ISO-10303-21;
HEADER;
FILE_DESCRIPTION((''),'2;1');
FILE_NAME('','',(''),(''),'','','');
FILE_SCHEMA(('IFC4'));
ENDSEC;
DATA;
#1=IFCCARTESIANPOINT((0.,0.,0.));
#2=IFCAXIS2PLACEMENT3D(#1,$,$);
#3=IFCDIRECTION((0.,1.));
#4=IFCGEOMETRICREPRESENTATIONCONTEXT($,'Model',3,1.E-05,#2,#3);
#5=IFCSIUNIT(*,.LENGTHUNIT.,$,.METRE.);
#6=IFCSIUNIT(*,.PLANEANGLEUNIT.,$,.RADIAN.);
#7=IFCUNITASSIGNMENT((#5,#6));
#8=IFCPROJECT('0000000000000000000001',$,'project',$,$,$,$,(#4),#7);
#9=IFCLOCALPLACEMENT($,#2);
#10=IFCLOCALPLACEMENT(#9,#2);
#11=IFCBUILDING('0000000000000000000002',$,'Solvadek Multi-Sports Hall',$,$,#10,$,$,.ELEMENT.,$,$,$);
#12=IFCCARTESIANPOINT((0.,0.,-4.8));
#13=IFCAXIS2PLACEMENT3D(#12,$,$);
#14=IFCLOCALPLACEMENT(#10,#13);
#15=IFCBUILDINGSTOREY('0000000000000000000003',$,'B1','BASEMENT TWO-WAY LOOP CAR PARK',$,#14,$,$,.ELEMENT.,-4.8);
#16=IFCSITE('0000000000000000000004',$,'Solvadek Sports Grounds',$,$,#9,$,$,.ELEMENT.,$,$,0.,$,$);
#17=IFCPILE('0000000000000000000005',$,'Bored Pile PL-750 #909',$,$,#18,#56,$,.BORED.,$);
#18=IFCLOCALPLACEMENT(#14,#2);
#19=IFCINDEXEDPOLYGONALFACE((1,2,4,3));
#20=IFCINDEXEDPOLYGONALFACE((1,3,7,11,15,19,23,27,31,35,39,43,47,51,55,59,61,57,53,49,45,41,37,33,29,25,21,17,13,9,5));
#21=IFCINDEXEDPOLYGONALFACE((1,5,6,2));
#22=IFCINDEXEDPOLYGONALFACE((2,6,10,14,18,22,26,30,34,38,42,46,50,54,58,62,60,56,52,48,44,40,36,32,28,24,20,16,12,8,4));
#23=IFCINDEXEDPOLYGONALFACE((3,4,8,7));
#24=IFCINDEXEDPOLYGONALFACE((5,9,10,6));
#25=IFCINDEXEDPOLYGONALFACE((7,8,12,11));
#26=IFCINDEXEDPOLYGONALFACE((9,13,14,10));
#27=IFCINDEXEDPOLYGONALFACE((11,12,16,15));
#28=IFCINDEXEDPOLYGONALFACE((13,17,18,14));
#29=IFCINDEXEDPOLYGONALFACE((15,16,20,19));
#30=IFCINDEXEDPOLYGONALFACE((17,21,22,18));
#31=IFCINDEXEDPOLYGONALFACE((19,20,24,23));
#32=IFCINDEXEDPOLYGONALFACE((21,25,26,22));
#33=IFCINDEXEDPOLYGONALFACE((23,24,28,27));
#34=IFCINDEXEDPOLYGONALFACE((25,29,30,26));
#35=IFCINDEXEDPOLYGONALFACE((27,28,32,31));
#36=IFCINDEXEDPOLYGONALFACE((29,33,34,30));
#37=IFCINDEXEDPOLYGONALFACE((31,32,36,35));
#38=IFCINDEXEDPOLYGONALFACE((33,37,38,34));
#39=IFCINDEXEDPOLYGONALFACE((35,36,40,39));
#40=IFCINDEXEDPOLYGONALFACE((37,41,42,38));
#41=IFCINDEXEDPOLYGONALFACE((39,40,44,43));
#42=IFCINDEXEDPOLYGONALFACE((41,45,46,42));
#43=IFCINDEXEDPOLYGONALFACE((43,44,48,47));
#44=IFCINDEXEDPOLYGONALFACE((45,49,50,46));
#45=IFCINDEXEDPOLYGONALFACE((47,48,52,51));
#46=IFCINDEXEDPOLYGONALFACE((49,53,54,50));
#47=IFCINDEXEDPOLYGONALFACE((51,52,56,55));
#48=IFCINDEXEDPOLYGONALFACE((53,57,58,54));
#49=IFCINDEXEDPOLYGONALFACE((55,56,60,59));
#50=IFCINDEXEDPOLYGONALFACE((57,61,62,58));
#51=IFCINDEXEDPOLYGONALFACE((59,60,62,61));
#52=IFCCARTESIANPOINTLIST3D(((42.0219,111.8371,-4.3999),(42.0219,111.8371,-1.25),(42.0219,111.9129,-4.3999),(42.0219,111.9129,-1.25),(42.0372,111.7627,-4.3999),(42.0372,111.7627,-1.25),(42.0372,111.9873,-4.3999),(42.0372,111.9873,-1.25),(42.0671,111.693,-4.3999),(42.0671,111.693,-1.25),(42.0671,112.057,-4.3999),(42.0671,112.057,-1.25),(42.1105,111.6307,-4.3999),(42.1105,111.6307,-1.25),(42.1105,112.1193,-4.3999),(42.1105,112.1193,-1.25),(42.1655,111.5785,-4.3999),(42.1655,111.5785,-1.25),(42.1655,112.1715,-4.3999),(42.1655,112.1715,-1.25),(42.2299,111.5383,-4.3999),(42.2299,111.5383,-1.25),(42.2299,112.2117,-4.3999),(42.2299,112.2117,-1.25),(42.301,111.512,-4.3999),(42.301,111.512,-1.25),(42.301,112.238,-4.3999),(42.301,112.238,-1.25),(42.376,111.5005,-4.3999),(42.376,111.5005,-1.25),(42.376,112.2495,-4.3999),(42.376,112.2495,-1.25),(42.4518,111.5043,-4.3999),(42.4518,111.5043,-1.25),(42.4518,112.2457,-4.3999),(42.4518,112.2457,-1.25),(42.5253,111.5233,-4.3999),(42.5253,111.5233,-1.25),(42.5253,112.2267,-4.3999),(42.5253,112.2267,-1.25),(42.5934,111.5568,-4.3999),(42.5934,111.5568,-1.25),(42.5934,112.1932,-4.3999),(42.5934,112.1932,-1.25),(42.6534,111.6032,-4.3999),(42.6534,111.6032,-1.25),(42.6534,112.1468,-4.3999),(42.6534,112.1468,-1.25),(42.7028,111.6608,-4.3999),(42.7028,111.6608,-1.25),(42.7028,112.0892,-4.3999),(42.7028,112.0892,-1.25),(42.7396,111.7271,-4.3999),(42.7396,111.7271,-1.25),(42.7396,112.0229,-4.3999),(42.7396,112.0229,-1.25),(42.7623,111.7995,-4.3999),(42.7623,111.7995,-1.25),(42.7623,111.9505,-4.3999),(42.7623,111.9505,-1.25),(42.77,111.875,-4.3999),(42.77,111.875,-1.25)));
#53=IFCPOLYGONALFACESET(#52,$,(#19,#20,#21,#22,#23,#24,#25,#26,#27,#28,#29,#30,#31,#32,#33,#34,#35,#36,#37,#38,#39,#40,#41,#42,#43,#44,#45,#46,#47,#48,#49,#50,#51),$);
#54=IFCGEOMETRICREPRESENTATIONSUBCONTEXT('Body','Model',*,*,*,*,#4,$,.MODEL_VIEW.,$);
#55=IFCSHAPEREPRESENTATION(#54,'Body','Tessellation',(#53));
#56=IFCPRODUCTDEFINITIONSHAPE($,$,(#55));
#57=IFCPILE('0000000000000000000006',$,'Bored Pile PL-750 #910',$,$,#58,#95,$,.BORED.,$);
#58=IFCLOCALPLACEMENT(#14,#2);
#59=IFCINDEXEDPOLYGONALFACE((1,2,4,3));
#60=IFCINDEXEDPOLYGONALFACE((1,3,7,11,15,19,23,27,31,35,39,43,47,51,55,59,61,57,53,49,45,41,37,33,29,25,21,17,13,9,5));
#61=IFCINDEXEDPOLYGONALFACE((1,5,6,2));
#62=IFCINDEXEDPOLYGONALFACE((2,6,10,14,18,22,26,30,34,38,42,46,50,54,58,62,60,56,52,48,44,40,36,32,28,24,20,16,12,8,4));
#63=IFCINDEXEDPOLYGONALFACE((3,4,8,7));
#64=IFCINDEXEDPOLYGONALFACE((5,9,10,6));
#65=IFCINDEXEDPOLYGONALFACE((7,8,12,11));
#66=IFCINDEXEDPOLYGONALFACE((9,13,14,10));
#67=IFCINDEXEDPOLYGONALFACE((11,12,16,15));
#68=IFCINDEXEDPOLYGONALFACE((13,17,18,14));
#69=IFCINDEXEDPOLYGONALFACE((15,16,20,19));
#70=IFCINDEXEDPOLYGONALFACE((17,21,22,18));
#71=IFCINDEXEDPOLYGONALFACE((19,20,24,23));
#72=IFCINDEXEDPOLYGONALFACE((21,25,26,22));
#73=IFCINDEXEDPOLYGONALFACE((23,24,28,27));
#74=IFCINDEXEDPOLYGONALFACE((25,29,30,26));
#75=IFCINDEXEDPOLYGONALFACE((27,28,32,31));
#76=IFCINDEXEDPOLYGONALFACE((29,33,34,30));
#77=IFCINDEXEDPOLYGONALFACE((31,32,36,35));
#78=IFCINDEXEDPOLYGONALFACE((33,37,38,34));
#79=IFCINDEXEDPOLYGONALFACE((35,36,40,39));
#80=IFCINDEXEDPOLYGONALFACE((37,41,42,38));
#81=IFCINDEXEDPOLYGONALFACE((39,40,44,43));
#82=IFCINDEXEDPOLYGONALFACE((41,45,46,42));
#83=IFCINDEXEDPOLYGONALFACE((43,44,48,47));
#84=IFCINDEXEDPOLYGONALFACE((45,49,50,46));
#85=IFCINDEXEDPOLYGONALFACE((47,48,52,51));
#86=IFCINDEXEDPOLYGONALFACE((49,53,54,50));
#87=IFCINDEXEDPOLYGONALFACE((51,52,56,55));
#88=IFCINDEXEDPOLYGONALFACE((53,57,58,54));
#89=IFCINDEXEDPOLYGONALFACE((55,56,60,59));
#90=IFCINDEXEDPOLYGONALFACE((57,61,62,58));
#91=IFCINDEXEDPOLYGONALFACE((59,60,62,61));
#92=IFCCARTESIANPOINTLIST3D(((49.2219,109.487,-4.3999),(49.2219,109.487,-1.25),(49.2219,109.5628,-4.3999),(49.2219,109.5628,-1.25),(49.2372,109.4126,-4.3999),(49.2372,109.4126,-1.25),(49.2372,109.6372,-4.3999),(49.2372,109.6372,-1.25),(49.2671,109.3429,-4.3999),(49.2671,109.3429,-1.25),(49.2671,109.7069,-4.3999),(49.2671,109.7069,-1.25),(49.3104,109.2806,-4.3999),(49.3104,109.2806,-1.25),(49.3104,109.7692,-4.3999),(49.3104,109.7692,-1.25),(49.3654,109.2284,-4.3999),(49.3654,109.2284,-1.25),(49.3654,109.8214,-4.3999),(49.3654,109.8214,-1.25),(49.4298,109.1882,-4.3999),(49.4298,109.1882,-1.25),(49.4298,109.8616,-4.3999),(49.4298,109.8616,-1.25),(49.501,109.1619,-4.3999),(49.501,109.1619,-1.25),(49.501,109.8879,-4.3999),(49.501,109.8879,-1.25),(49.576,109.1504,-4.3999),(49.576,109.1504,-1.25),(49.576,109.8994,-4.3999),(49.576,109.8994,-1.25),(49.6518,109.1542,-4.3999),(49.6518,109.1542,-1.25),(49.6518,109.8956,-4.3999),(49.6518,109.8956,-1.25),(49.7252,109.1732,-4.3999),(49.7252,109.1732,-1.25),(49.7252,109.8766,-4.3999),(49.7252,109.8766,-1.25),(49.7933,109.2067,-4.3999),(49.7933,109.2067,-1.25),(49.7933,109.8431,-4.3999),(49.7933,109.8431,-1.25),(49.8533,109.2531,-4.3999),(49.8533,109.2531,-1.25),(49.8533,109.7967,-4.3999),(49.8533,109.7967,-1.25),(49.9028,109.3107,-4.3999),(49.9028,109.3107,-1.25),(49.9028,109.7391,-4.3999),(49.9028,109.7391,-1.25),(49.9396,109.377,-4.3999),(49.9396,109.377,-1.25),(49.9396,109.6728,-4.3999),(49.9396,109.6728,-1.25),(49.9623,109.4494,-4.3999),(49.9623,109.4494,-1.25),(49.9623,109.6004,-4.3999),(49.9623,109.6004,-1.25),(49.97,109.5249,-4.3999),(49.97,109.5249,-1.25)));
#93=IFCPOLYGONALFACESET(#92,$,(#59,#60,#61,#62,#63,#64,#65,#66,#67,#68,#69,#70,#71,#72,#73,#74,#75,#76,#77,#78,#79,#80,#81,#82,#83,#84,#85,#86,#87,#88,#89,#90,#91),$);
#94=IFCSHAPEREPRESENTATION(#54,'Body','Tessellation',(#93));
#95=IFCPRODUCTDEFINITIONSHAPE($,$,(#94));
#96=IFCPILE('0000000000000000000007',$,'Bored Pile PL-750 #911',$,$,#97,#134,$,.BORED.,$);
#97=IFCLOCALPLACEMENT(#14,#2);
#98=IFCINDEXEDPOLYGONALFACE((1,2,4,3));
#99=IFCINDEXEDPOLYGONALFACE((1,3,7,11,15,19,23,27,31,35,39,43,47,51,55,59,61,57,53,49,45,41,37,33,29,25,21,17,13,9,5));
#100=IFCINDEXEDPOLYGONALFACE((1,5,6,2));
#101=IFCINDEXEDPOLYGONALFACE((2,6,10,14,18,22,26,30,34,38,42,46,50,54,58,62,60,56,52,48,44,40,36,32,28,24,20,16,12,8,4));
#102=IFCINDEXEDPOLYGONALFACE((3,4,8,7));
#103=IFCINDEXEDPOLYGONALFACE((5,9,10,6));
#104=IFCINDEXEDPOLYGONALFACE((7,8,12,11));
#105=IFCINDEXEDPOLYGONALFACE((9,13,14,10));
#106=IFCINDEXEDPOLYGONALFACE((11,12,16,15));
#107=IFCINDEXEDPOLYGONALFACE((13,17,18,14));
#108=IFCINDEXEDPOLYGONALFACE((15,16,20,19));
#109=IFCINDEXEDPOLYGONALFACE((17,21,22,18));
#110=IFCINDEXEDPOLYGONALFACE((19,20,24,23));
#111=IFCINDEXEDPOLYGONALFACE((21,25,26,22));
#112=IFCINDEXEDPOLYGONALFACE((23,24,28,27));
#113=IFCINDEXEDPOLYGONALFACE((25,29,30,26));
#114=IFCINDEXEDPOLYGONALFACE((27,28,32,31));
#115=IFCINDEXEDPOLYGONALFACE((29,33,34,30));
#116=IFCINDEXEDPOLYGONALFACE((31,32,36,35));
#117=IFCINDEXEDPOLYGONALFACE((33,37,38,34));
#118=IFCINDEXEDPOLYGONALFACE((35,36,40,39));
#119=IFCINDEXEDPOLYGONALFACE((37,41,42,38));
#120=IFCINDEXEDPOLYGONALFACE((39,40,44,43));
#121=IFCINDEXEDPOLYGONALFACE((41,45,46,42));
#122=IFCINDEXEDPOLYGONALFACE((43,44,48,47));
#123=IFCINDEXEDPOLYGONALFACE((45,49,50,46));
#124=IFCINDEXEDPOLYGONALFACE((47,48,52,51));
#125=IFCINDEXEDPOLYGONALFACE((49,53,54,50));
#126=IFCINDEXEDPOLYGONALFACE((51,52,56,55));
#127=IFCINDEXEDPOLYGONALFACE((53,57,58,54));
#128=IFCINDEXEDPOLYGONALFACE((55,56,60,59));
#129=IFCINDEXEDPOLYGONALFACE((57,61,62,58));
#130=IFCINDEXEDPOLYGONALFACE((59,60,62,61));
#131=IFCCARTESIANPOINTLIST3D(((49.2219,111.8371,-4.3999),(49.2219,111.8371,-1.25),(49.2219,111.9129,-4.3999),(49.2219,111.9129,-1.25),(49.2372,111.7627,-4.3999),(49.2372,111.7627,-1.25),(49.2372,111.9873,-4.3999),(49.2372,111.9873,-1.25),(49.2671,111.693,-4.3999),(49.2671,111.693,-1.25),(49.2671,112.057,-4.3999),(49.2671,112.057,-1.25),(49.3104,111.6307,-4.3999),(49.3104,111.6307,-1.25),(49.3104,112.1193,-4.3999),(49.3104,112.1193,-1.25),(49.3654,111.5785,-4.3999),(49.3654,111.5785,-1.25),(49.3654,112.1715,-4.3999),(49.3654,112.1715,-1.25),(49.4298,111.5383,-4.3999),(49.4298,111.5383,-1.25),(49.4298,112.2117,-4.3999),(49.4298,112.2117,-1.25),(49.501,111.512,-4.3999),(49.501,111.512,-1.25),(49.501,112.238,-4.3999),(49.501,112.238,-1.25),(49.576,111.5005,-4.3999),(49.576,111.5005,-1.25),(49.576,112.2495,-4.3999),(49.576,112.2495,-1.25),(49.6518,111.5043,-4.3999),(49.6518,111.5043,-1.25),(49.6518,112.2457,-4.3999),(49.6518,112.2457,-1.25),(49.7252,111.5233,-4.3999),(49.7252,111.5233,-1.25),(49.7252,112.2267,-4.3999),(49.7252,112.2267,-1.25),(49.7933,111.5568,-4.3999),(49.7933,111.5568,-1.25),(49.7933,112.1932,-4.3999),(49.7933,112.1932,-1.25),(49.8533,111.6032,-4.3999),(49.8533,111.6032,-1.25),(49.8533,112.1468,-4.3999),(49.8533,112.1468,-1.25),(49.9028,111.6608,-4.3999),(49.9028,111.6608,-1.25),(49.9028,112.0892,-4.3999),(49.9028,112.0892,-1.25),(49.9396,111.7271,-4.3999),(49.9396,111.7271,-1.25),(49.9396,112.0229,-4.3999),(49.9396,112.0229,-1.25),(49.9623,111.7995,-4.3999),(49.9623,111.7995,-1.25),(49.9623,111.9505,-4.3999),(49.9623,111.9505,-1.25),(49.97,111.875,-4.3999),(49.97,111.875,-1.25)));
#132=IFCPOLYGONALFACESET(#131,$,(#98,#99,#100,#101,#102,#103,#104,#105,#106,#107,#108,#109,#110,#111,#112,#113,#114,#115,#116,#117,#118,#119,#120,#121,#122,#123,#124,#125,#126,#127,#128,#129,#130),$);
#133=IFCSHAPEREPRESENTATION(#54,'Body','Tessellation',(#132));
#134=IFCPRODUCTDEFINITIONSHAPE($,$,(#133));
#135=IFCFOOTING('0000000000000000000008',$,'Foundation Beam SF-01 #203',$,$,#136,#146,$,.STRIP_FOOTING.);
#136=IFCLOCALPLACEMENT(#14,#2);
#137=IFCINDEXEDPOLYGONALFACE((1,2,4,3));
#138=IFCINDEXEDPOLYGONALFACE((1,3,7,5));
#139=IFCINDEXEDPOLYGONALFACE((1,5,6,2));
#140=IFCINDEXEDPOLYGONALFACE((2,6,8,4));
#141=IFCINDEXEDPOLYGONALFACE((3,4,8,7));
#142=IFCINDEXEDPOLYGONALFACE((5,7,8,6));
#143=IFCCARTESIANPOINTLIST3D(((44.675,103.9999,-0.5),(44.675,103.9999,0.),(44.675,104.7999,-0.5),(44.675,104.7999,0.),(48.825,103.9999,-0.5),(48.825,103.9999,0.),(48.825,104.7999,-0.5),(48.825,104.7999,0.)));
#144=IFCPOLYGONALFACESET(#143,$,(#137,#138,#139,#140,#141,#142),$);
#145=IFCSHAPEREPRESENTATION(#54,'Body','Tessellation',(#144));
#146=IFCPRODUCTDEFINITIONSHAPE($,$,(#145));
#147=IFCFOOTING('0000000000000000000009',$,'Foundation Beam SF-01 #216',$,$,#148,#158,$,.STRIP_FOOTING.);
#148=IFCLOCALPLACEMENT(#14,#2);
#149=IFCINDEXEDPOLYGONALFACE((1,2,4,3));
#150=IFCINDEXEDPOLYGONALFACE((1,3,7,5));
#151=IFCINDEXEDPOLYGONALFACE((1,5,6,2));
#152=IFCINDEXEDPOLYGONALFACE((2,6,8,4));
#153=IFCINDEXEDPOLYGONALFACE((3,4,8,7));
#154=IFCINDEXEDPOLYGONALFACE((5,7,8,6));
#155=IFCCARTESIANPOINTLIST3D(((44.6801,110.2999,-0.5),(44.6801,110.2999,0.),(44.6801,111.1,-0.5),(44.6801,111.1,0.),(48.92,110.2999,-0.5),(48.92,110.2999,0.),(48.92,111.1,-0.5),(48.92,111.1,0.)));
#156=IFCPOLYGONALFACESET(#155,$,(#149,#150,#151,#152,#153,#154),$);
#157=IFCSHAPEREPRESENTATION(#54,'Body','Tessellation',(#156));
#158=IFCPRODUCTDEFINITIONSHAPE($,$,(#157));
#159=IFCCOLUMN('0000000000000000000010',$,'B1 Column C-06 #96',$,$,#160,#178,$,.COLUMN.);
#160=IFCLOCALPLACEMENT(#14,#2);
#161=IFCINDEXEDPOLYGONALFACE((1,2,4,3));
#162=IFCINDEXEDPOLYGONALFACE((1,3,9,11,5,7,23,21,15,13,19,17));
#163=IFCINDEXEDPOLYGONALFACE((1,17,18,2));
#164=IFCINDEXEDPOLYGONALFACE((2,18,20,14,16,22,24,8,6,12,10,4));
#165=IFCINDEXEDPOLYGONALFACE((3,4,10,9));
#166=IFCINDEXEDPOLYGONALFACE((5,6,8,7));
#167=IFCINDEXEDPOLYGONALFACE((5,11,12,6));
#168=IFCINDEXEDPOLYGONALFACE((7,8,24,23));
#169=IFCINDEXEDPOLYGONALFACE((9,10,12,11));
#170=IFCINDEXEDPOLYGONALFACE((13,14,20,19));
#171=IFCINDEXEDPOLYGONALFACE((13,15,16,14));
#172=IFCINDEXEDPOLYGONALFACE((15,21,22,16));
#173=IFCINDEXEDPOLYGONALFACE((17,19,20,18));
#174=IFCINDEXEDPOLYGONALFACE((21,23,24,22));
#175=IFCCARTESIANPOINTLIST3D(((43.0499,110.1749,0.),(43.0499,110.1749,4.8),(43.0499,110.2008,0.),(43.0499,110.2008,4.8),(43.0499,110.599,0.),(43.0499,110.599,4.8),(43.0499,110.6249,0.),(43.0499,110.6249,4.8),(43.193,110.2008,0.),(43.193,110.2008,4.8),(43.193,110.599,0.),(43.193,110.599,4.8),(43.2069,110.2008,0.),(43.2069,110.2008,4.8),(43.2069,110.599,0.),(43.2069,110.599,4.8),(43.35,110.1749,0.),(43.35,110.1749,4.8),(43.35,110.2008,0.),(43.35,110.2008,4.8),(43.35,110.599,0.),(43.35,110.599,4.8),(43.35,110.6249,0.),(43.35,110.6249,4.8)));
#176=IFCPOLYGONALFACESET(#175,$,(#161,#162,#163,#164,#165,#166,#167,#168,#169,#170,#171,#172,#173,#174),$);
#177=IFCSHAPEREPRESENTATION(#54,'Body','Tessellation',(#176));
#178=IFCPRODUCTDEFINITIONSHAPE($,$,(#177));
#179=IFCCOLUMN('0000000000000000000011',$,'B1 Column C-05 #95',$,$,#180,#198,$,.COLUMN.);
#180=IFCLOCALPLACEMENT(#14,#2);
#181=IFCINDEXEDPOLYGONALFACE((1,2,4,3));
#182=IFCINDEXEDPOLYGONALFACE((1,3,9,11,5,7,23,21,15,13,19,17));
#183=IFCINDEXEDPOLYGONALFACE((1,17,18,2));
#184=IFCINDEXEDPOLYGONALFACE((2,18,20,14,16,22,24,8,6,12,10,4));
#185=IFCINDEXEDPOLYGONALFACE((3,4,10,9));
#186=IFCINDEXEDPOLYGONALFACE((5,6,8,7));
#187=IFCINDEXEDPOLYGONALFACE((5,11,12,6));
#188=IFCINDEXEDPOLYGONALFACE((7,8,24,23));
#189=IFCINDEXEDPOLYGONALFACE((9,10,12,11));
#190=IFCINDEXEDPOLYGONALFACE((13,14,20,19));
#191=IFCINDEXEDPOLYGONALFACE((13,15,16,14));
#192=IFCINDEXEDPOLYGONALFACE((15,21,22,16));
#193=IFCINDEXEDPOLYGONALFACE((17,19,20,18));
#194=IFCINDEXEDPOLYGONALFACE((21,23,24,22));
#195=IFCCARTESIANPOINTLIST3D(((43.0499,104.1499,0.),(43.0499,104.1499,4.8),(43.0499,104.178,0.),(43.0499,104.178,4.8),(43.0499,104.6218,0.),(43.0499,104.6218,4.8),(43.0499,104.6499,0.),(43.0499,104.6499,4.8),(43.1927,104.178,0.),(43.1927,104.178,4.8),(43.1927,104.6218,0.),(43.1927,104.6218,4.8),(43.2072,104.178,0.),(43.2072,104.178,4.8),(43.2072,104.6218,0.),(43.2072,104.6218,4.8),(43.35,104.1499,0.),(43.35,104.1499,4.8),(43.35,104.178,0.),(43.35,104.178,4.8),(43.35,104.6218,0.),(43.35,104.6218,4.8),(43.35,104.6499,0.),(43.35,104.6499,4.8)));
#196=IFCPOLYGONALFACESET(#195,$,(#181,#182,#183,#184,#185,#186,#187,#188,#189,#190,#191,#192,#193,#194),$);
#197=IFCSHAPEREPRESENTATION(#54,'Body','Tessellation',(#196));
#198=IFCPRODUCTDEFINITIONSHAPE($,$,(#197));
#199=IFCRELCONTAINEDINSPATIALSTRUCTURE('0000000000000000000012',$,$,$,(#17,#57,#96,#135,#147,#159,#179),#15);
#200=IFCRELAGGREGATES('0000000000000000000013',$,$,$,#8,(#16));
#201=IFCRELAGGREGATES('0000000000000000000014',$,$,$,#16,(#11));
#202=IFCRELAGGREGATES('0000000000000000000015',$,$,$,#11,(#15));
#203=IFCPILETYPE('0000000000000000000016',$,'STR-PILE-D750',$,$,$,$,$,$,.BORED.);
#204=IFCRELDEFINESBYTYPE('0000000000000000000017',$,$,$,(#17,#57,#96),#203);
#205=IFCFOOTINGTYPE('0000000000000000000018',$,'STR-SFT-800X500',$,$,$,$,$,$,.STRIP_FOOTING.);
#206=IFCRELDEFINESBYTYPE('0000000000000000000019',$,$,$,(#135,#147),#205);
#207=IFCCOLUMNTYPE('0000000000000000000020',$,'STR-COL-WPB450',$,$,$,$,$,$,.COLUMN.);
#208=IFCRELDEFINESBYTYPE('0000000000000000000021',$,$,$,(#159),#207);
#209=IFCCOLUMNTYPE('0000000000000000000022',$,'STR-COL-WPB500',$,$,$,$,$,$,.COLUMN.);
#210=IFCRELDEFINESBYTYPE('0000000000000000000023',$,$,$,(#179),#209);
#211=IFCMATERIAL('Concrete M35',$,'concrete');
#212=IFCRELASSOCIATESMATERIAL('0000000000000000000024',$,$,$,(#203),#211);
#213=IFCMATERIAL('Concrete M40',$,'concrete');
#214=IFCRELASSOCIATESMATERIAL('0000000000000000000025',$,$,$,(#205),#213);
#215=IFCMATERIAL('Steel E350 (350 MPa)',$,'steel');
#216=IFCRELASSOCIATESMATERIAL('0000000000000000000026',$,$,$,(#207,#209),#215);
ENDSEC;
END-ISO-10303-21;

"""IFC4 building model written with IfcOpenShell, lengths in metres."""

from ifc_helpers import new_model, si_unit, direction, frame, origin, origin_2d, place, context, subcontext, project, spatial, rectangle, circle, i_section, extrude, material, material_profile, profile_set, type_object, element, save


model = new_model("IFC4")

# Units and contexts
model_context = context("Model", 3, precision=1e-05, world=origin(), true_north=direction((0.0, 1.0)))
body_context = subcontext(model_context, "Body", "Model", "MODEL_VIEW")
ifc_project = project(units=[si_unit("LENGTHUNIT", "METRE"), si_unit("PLANEANGLEUNIT", "RADIAN")], contexts=[model_context])

# Site, building, storey
site_placement = place(None, origin())
site = spatial("IfcSite", under=ifc_project, at=site_placement, Name="Solvadek Sports Grounds", CompositionType="ELEMENT", RefElevation=0.0)
building_placement = place(site_placement, origin())
building = spatial("IfcBuilding", under=site, at=building_placement, Name="Solvadek Multi-Sports Hall", CompositionType="ELEMENT")
storey_placement = place(building_placement, frame((0.0, 0.0, -4.8)))
storey = spatial("IfcBuildingStorey", under=building, at=storey_placement, Name="B1", Description="BASEMENT TWO-WAY LOOP CAR PARK", CompositionType="ELEMENT", Elevation=-4.8)

# Shared definitions
ifc_material_1 = material(Name="Concrete M40", Category="concrete")

# Piles
ifc_material_2 = material(Name="Concrete M35", Category="concrete")
ifc_material_profile_1 = material_profile(ifc_material_2, circle(Radius=0.375, at=origin_2d()), Name="BORED PILE D750")
ifc_profile_set_1 = profile_set([ifc_material_profile_1], Name="Concrete M35")
pile_type = type_object("IfcPileType", Name="STR-PILE-D750", PredefinedType="BORED", material=ifc_profile_set_1)
for number, where, z_axis, x_axis, name in (
    (1, (42.395, 111.875, -1.25), (0.0, 0.0, -1.0), (1.0, 0.0, 0.0), "Bored Pile PL-750 #909"),
    (2, (49.595, 109.5249, -1.25), (0.0, 0.0, -1.0), (1.0, 0.0, 0.0), "Bored Pile PL-750 #910"),
    (3, (49.595, 111.875, -1.25), (0.0, 0.0, -1.0), (1.0, 0.0, 0.0), "Bored Pile PL-750 #911"),
):
    element("IfcPile", number, at=place(storey_placement, frame(where, z_axis=z_axis, x_axis=x_axis)), inside=storey, type_object=pile_type, Name=name, PredefinedType="BORED", context=body_context, shape_type="SweptSolid", body=[
        extrude(circle(Radius=0.375, at=origin_2d()), origin(), (0.0, 0.0, 1.0), 3.1499),
    ])

# Footings
footing_type_1 = type_object("IfcFootingType", Name="STR-SFT-800X500", PredefinedType="STRIP_FOOTING", material=ifc_material_1)
footing_1_placement = place(storey_placement, frame((46.75, 104.3999, -0.5), z_axis=(0.0, 0.0, 1.0), x_axis=(1.0, 0.0, 0.0)))
element("IfcFooting", 4, at=footing_1_placement, inside=storey, type_object=footing_type_1, Name="Foundation Beam SF-01 #203", PredefinedType="STRIP_FOOTING", context=body_context, shape_type="SweptSolid", body=[
    extrude(rectangle(XDim=4.1499, YDim=0.8, at=origin_2d()), origin(), (0.0, 0.0, 1.0), 0.5),
])
footing_2_placement = place(storey_placement, frame((46.8, 110.7, -0.5), z_axis=(0.0, 0.0, 1.0), x_axis=(1.0, 0.0, 0.0)))
element("IfcFooting", 5, at=footing_2_placement, inside=storey, type_object=footing_type_1, Name="Foundation Beam SF-01 #216", PredefinedType="STRIP_FOOTING", context=body_context, shape_type="SweptSolid", body=[
    extrude(rectangle(XDim=4.24, YDim=0.8, at=origin_2d()), origin(), (0.0, 0.0, 1.0), 0.5),
])

# Columns
ifc_material_3 = material(Name="Steel E350 (350 MPa)", Category="steel")
ifc_material_profile_2 = material_profile(ifc_material_3, i_section(OverallWidth=0.3, OverallDepth=0.45, WebThickness=0.0139, FlangeThickness=0.0259, at=origin_2d()), Name="WPB 450")
ifc_profile_set_2 = profile_set([ifc_material_profile_2], Name="Steel E350 (350 MPa)")
column_type_1 = type_object("IfcColumnType", Name="STR-COL-WPB450", PredefinedType="COLUMN", material=ifc_profile_set_2)
column_1_placement = place(storey_placement, frame((43.2, 110.3999, 0.0), z_axis=(0.0, 0.0, 1.0), x_axis=(1.0, 0.0, 0.0)))
element("IfcColumn", 6, at=column_1_placement, inside=storey, type_object=column_type_1, Name="B1 Column C-06 #96", PredefinedType="COLUMN", context=body_context, shape_type="SweptSolid", body=[
    extrude(i_section(OverallWidth=0.3, OverallDepth=0.45, WebThickness=0.0139, FlangeThickness=0.0259, at=origin_2d()), origin(), (0.0, 0.0, 1.0), 4.8),
])
ifc_material_profile_3 = material_profile(ifc_material_3, i_section(OverallWidth=0.3, OverallDepth=0.5, WebThickness=0.0144, FlangeThickness=0.0281, at=origin_2d()), Name="WPB 500")
ifc_profile_set_3 = profile_set([ifc_material_profile_3], Name="Steel E350 (350 MPa)")
column_type_2 = type_object("IfcColumnType", Name="STR-COL-WPB500", PredefinedType="COLUMN", material=ifc_profile_set_3)
for number, where, z_axis, x_axis, name in (
    (7, (43.2, 104.3999, 0.0), (0.0, 0.0, 1.0), (1.0, 0.0, 0.0), "B1 Column C-05 #95"),
):
    element("IfcColumn", number, at=place(storey_placement, frame(where, z_axis=z_axis, x_axis=x_axis)), inside=storey, type_object=column_type_2, Name=name, PredefinedType="COLUMN", context=body_context, shape_type="SweptSolid", body=[
        extrude(i_section(OverallWidth=0.3, OverallDepth=0.5, WebThickness=0.0144, FlangeThickness=0.0281, at=origin_2d()), origin(), (0.0, 0.0, 1.0), 4.8),
    ])

save(model, "model.ifc")
